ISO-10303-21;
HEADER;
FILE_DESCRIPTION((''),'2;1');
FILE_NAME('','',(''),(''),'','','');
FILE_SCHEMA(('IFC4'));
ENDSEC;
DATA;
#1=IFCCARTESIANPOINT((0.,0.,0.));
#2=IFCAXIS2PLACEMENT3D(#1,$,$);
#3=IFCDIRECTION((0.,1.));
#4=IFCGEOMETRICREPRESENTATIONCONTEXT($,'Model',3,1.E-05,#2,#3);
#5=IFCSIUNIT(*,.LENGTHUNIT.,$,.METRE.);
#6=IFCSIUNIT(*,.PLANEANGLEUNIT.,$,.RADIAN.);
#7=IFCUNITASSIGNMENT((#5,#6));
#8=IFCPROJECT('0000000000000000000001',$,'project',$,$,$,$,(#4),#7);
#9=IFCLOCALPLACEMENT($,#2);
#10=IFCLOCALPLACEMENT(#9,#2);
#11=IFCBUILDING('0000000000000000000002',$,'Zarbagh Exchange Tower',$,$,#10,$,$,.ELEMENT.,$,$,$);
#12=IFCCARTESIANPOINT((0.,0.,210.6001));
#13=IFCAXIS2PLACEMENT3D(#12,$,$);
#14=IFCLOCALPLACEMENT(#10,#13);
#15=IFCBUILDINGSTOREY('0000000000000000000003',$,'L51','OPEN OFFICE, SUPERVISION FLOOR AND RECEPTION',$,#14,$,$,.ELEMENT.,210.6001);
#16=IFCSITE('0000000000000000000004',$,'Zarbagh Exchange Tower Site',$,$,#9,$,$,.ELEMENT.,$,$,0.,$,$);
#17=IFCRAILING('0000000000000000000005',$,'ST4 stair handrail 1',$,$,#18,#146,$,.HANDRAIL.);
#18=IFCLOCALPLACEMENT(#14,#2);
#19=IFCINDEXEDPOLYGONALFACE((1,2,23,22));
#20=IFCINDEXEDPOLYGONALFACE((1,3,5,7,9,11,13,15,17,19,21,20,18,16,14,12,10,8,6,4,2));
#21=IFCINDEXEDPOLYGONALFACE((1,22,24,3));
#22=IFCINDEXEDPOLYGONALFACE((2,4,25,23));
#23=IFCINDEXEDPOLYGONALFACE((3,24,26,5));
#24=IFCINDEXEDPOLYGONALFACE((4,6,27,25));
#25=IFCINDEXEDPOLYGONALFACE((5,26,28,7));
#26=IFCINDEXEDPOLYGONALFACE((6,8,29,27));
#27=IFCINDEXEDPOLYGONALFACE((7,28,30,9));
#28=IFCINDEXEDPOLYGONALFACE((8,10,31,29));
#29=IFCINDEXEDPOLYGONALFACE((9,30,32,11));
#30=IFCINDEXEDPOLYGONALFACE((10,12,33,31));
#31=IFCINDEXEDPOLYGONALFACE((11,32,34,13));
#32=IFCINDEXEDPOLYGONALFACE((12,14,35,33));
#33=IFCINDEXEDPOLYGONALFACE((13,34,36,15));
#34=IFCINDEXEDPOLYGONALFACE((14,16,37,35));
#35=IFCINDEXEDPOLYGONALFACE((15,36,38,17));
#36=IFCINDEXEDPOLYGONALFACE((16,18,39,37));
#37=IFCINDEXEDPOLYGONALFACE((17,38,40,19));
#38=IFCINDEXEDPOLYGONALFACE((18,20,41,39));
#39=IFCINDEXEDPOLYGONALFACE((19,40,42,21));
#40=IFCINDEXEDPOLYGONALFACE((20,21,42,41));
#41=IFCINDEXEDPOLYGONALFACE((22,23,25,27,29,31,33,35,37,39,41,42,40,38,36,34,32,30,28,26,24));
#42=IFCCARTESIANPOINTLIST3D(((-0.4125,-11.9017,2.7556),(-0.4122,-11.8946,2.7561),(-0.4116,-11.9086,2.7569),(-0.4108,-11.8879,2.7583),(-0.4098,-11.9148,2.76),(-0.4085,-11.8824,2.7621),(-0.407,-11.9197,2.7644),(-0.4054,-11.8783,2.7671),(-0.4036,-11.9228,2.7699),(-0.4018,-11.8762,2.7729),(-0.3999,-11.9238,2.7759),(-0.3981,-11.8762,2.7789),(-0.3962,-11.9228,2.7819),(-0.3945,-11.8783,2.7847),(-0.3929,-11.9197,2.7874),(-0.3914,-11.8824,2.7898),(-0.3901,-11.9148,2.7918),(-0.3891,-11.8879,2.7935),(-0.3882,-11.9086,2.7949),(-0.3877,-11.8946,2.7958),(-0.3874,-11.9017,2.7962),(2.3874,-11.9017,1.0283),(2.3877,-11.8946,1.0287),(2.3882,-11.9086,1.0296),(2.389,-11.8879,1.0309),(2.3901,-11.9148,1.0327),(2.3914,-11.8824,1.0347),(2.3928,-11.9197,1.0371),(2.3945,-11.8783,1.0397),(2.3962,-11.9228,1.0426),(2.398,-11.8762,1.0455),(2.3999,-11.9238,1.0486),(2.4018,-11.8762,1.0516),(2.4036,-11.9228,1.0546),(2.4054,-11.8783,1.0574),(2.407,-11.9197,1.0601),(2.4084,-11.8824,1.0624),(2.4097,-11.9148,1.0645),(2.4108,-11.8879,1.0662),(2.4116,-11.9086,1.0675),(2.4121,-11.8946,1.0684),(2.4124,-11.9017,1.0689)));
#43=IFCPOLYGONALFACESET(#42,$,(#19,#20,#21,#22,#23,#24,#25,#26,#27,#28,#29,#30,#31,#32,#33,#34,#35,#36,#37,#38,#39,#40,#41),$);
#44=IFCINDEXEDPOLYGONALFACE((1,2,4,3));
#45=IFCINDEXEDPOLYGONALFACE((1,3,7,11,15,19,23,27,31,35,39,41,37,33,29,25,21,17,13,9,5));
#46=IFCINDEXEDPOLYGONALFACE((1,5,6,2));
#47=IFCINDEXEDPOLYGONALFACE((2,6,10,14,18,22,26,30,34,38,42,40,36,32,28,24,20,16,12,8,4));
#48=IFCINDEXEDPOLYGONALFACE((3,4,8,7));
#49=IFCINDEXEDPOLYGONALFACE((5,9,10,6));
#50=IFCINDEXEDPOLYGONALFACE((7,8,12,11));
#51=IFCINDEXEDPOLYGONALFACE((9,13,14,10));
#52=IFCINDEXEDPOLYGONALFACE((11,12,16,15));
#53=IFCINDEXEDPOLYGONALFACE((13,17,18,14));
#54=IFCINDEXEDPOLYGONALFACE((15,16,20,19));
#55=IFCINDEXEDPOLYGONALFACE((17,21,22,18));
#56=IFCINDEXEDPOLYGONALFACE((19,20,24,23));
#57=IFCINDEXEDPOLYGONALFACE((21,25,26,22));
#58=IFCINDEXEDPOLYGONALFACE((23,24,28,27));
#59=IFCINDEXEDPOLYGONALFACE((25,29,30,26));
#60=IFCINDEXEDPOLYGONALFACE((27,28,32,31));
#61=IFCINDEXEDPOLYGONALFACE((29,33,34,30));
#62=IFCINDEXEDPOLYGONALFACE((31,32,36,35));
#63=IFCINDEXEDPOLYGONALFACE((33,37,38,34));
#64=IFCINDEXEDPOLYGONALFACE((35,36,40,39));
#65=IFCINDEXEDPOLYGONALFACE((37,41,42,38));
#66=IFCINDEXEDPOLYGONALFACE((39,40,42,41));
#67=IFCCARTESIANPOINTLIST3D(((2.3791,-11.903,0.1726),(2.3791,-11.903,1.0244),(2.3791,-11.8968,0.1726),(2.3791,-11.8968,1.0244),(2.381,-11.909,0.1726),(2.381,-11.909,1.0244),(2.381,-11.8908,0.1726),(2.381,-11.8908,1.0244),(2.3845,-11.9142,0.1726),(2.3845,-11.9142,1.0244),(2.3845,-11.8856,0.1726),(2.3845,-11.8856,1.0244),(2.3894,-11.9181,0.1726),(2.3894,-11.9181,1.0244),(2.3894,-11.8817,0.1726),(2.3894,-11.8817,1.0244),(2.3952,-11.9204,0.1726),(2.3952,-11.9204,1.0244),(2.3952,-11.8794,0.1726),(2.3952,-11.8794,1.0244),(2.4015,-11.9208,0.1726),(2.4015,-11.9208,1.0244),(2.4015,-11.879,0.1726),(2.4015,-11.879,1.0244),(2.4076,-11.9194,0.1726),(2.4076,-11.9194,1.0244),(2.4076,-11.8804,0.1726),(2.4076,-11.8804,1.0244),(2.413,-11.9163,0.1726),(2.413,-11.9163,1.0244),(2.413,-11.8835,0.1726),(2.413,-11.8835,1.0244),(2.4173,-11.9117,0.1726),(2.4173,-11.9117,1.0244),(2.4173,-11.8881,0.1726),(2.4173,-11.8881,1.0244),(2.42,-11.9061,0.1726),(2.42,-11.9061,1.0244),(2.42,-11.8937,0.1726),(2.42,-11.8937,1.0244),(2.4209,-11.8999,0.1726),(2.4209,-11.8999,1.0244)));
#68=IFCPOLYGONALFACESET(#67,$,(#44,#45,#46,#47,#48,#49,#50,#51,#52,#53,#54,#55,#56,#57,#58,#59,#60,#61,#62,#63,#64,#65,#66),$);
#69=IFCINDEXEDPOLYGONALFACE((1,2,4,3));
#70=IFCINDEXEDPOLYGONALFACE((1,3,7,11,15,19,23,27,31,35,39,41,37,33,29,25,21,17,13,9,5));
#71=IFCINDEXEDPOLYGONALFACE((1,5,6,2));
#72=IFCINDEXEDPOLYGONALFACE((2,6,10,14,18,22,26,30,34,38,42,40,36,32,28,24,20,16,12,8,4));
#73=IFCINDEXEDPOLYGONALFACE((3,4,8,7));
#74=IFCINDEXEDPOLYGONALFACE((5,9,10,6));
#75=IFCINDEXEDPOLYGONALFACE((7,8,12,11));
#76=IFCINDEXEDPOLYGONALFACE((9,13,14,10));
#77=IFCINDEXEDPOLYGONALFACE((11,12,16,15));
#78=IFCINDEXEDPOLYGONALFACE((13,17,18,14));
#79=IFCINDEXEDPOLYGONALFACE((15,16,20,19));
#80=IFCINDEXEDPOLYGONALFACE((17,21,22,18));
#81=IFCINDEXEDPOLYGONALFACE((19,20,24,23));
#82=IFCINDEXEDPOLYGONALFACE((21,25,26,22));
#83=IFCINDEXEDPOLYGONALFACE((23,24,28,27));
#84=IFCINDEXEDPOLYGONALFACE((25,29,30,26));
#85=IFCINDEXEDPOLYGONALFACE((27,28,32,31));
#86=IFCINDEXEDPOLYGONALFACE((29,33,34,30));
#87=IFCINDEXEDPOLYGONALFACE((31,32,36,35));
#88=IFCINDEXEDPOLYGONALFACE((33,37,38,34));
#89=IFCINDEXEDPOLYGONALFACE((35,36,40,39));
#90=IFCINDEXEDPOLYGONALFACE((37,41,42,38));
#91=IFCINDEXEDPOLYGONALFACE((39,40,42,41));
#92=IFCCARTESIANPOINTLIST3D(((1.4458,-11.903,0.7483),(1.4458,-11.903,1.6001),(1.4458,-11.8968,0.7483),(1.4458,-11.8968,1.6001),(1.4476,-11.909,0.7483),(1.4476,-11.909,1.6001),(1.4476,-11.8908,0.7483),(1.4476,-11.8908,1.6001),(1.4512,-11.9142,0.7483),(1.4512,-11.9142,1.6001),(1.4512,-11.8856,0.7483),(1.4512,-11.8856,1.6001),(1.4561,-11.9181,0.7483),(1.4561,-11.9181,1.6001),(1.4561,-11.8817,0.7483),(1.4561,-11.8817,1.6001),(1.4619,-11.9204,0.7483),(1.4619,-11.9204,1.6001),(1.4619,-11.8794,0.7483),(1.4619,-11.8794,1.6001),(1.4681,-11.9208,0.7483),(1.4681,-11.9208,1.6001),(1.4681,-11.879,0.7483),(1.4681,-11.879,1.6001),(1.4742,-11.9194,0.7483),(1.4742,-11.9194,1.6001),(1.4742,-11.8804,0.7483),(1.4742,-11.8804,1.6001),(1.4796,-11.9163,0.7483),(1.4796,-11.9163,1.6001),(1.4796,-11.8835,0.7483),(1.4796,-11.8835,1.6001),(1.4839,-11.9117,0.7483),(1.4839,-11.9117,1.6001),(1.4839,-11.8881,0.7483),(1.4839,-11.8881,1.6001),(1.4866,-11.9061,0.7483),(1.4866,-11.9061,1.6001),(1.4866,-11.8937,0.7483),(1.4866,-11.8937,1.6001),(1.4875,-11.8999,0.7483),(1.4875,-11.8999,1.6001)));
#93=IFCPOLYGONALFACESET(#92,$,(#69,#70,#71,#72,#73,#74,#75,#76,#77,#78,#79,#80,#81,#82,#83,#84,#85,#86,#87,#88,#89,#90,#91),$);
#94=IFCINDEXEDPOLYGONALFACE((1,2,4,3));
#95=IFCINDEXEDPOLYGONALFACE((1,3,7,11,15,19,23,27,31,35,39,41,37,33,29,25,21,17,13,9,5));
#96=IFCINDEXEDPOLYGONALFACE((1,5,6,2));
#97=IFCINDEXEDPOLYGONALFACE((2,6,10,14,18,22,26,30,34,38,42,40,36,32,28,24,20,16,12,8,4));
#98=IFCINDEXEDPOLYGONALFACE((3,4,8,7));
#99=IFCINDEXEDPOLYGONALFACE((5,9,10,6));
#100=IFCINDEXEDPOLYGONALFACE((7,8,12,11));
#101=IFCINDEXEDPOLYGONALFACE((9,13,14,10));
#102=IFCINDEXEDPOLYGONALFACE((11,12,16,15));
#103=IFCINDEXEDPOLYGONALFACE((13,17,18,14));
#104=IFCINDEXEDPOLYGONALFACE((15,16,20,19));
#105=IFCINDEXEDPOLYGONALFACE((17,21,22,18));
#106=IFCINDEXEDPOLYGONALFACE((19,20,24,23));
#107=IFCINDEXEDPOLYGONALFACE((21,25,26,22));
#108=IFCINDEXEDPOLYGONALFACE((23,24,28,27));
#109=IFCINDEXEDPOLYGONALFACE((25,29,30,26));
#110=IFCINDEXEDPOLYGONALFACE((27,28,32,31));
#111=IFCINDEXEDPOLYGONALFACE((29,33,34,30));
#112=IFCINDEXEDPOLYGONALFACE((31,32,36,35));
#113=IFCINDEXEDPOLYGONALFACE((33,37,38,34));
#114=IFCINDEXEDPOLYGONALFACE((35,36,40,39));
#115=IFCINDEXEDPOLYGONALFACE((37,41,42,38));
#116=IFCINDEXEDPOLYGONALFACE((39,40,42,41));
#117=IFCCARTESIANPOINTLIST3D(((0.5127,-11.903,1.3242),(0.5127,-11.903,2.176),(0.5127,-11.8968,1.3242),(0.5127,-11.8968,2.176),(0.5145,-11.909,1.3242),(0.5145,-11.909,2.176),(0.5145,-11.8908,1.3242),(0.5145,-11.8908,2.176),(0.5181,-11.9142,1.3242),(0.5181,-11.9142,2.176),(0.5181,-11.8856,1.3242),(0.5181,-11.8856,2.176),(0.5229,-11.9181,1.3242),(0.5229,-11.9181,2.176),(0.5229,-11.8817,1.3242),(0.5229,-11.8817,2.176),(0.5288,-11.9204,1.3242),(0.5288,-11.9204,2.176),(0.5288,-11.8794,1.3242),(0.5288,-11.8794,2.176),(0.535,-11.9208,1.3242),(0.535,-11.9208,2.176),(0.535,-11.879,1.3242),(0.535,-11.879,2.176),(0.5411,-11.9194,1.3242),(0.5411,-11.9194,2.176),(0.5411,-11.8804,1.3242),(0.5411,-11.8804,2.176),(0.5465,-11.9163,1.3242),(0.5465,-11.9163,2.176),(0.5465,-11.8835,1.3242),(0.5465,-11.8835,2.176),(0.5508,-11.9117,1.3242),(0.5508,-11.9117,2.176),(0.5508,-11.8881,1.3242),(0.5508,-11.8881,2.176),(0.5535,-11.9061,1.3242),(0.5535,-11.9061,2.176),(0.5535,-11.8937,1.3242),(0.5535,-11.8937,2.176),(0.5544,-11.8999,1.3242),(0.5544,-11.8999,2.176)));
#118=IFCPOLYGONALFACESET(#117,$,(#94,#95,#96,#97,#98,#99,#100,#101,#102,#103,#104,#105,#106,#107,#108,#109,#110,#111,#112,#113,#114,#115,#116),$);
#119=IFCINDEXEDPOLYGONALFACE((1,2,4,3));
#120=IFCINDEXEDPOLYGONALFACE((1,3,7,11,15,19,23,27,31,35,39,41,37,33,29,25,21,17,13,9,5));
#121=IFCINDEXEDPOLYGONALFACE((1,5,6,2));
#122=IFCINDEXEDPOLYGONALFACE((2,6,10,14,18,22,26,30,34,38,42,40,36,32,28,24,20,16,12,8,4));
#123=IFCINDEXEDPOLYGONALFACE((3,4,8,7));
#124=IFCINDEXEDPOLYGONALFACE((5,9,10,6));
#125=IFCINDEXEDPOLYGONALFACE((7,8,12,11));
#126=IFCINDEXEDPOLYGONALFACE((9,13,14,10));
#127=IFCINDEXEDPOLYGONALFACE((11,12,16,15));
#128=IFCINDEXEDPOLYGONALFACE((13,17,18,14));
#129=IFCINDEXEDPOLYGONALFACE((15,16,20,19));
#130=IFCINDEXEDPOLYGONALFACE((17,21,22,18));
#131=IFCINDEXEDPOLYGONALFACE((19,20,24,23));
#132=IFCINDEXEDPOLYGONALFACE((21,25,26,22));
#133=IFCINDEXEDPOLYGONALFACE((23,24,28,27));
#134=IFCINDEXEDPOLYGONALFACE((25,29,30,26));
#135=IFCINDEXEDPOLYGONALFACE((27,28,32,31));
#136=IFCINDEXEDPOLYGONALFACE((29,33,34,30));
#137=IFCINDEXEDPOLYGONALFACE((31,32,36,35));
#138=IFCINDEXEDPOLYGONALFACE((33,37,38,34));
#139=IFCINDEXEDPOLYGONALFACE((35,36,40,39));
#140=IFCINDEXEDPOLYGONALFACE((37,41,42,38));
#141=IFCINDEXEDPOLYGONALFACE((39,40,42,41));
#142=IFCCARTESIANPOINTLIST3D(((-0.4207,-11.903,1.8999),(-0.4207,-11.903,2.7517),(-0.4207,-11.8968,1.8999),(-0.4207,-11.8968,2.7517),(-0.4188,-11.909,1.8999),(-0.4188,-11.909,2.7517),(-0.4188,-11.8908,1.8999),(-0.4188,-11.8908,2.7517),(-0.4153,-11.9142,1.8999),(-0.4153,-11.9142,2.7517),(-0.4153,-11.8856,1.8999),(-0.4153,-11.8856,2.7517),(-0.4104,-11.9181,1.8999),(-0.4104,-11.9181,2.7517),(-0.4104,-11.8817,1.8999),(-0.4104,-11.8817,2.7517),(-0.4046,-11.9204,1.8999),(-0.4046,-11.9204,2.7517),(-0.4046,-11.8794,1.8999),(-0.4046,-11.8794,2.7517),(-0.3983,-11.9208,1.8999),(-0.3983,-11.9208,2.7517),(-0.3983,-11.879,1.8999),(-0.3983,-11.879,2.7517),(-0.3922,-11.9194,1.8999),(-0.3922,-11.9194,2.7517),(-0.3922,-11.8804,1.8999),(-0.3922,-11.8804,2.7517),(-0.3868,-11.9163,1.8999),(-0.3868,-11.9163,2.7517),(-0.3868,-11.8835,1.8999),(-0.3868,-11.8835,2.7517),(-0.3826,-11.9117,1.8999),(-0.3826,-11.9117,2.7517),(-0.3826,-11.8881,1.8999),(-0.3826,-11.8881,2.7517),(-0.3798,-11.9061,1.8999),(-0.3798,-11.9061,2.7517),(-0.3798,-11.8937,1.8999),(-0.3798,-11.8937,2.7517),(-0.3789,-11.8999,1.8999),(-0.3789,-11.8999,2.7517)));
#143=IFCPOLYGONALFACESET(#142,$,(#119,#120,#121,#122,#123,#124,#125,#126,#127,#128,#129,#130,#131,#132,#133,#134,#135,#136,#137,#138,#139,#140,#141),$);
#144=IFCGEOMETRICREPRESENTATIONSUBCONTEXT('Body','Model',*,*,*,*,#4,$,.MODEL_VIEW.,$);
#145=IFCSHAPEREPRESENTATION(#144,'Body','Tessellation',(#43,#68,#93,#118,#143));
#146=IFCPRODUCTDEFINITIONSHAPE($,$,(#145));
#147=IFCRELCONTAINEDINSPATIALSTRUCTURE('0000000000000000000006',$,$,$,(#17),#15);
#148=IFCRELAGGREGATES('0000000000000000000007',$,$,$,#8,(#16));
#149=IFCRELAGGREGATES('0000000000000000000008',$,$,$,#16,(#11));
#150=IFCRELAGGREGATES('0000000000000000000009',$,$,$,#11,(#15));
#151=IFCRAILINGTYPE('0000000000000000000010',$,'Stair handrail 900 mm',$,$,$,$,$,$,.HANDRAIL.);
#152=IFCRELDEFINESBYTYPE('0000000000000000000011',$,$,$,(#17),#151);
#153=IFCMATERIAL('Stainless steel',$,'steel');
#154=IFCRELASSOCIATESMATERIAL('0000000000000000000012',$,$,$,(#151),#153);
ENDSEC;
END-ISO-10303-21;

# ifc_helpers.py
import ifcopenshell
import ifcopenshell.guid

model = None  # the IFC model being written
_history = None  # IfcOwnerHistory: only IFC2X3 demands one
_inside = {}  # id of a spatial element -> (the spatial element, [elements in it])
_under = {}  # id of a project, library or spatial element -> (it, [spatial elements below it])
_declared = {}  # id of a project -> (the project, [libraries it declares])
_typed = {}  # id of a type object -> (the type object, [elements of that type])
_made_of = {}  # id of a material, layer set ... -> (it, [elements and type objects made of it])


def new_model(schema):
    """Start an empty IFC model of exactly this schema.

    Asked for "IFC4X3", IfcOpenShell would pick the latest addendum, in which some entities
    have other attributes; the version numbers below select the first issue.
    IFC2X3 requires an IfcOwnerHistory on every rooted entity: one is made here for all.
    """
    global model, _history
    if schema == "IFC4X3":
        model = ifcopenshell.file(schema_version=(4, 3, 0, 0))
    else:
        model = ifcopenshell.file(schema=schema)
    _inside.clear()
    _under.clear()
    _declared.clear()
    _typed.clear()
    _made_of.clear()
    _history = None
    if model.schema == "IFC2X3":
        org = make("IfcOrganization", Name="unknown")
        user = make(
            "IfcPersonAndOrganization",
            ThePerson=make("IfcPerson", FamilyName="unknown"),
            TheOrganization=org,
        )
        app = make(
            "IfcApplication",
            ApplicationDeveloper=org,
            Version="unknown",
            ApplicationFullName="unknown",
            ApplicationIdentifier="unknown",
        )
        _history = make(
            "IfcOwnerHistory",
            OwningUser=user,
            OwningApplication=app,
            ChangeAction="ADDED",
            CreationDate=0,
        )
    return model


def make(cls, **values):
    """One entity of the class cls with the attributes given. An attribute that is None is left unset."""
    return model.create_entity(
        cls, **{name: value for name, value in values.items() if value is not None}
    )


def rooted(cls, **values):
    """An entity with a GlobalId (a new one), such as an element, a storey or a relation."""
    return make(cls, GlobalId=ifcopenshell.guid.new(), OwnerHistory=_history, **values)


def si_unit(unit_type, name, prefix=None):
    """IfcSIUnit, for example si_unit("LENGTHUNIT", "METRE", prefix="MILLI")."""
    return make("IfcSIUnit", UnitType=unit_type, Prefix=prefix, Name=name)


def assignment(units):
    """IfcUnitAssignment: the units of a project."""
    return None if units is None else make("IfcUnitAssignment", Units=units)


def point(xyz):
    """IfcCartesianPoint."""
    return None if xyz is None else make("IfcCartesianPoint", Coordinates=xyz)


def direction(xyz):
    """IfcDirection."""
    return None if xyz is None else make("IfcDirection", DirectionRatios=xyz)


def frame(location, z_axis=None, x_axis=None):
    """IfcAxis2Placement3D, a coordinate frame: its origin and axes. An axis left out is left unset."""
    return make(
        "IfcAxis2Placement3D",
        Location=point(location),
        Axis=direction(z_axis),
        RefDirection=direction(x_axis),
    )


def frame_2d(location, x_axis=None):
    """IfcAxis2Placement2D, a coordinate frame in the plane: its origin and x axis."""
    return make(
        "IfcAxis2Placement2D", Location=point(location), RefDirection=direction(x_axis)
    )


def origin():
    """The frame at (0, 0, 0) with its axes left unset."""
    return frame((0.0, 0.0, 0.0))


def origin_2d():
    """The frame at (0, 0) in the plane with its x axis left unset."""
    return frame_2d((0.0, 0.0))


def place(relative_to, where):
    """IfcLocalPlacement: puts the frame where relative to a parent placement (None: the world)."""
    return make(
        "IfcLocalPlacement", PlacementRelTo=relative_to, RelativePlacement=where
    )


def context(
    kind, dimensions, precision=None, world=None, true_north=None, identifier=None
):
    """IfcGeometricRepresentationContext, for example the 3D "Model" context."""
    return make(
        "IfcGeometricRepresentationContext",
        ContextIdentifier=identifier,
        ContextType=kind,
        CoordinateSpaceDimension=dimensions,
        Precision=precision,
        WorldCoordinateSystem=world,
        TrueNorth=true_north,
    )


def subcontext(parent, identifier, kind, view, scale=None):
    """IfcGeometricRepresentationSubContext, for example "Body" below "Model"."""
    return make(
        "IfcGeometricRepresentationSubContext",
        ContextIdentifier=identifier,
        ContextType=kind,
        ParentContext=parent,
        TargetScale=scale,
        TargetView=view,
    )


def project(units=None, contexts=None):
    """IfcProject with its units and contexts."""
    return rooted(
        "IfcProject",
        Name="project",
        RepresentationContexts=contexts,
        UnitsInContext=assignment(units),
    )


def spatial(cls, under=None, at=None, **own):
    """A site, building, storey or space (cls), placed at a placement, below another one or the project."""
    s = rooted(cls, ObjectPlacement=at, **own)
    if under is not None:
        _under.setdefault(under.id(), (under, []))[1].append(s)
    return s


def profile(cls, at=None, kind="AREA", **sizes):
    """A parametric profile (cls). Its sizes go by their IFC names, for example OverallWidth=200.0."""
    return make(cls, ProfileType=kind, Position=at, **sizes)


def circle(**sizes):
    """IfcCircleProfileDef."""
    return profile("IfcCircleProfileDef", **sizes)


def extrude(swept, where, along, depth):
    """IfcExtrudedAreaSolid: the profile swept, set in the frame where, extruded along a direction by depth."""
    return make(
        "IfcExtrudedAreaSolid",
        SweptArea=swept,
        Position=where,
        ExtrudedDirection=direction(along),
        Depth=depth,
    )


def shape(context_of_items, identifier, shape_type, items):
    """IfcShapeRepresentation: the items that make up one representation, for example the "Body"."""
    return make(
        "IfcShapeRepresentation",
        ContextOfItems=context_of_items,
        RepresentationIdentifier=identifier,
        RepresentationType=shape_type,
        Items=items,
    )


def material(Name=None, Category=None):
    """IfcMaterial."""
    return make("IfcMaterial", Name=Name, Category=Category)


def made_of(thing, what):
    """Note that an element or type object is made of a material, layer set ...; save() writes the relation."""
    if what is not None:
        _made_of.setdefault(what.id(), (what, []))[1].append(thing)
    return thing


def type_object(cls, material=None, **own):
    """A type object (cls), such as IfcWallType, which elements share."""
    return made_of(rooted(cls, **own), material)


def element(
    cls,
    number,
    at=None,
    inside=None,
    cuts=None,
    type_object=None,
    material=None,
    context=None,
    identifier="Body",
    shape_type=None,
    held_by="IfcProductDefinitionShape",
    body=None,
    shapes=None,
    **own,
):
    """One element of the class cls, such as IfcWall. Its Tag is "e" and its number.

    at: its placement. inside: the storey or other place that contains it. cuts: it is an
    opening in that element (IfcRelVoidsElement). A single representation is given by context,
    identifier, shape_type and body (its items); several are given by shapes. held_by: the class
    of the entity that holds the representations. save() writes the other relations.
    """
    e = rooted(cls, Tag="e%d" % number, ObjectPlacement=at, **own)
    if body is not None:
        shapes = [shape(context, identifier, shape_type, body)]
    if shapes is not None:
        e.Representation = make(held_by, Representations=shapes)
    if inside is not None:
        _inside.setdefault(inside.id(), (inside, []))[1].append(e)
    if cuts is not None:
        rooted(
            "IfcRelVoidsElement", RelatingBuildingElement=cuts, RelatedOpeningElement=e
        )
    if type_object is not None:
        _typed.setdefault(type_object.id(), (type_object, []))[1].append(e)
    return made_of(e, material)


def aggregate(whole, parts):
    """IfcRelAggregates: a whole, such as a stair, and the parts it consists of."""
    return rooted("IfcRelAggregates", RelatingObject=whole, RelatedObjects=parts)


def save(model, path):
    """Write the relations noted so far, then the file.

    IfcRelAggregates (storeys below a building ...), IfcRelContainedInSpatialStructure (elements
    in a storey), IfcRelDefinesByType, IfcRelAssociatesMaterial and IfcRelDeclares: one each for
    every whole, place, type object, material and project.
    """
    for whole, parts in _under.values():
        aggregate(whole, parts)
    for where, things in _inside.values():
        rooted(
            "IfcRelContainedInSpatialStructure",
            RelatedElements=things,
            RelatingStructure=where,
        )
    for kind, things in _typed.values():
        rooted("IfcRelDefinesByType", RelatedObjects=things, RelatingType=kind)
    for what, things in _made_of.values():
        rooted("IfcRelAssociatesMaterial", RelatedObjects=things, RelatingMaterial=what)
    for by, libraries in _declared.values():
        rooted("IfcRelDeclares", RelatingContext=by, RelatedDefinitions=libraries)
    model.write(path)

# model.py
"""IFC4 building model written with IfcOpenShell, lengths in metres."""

from ifc_helpers import new_model, si_unit, direction, frame, origin, origin_2d, place, context, subcontext, project, spatial, circle, extrude, material, type_object, element, save


model = new_model("IFC4")

# Units and contexts
model_context = context("Model", 3, precision=1e-05, world=origin(), true_north=direction((0.0, 1.0)))
body_context = subcontext(model_context, "Body", "Model", "MODEL_VIEW")
ifc_project = project(units=[si_unit("LENGTHUNIT", "METRE"), si_unit("PLANEANGLEUNIT", "RADIAN")], contexts=[model_context])

# Site, building, storey
site_placement = place(None, origin())
site = spatial("IfcSite", under=ifc_project, at=site_placement, Name="Zarbagh Exchange Tower Site", CompositionType="ELEMENT", RefElevation=0.0)
building_placement = place(site_placement, origin())
building = spatial("IfcBuilding", under=site, at=building_placement, Name="Zarbagh Exchange Tower", CompositionType="ELEMENT")
storey_placement = place(building_placement, frame((0.0, 0.0, 210.6001)))
storey = spatial("IfcBuildingStorey", under=building, at=storey_placement, Name="L51", Description="OPEN OFFICE, SUPERVISION FLOOR AND RECEPTION", CompositionType="ELEMENT", Elevation=210.6001)

# Railing
ifc_material_1 = material(Name="Stainless steel", Category="steel")
railing_type_1 = type_object("IfcRailingType", Name="Stair handrail 900 mm", PredefinedType="HANDRAIL", material=ifc_material_1)
railing_1_placement = place(storey_placement, frame((2.3999, -11.8999, 0.1726)))
element("IfcRailing", 1, at=railing_1_placement, inside=storey, type_object=railing_type_1, Name="ST4 stair handrail 1", PredefinedType="HANDRAIL", context=body_context, shape_type="SweptSolid", body=[
    extrude(circle(Radius=0.0239, at=origin_2d()), frame((0.0, 0.0, 0.876), z_axis=(-0.851069, 0.0, 0.525054), x_axis=(0.0, -1.0, 0.0)), (0.0, 0.0, 1.0), 3.2898),
    extrude(circle(Radius=0.021, at=origin_2d()), origin(), (0.0, 0.0, 1.0), 0.8518),
    extrude(circle(Radius=0.021, at=origin_2d()), frame((-0.9333, 0.0, 0.5757)), (0.0, 0.0, 1.0), 0.8518),
    extrude(circle(Radius=0.021, at=origin_2d()), frame((-1.8665, 0.0, 1.1516)), (0.0, 0.0, 1.0), 0.8518),
    extrude(circle(Radius=0.021, at=origin_2d()), frame((-2.7998, 0.0, 1.7273)), (0.0, 0.0, 1.0), 0.8518),
])

save(model, "model.ifc")
